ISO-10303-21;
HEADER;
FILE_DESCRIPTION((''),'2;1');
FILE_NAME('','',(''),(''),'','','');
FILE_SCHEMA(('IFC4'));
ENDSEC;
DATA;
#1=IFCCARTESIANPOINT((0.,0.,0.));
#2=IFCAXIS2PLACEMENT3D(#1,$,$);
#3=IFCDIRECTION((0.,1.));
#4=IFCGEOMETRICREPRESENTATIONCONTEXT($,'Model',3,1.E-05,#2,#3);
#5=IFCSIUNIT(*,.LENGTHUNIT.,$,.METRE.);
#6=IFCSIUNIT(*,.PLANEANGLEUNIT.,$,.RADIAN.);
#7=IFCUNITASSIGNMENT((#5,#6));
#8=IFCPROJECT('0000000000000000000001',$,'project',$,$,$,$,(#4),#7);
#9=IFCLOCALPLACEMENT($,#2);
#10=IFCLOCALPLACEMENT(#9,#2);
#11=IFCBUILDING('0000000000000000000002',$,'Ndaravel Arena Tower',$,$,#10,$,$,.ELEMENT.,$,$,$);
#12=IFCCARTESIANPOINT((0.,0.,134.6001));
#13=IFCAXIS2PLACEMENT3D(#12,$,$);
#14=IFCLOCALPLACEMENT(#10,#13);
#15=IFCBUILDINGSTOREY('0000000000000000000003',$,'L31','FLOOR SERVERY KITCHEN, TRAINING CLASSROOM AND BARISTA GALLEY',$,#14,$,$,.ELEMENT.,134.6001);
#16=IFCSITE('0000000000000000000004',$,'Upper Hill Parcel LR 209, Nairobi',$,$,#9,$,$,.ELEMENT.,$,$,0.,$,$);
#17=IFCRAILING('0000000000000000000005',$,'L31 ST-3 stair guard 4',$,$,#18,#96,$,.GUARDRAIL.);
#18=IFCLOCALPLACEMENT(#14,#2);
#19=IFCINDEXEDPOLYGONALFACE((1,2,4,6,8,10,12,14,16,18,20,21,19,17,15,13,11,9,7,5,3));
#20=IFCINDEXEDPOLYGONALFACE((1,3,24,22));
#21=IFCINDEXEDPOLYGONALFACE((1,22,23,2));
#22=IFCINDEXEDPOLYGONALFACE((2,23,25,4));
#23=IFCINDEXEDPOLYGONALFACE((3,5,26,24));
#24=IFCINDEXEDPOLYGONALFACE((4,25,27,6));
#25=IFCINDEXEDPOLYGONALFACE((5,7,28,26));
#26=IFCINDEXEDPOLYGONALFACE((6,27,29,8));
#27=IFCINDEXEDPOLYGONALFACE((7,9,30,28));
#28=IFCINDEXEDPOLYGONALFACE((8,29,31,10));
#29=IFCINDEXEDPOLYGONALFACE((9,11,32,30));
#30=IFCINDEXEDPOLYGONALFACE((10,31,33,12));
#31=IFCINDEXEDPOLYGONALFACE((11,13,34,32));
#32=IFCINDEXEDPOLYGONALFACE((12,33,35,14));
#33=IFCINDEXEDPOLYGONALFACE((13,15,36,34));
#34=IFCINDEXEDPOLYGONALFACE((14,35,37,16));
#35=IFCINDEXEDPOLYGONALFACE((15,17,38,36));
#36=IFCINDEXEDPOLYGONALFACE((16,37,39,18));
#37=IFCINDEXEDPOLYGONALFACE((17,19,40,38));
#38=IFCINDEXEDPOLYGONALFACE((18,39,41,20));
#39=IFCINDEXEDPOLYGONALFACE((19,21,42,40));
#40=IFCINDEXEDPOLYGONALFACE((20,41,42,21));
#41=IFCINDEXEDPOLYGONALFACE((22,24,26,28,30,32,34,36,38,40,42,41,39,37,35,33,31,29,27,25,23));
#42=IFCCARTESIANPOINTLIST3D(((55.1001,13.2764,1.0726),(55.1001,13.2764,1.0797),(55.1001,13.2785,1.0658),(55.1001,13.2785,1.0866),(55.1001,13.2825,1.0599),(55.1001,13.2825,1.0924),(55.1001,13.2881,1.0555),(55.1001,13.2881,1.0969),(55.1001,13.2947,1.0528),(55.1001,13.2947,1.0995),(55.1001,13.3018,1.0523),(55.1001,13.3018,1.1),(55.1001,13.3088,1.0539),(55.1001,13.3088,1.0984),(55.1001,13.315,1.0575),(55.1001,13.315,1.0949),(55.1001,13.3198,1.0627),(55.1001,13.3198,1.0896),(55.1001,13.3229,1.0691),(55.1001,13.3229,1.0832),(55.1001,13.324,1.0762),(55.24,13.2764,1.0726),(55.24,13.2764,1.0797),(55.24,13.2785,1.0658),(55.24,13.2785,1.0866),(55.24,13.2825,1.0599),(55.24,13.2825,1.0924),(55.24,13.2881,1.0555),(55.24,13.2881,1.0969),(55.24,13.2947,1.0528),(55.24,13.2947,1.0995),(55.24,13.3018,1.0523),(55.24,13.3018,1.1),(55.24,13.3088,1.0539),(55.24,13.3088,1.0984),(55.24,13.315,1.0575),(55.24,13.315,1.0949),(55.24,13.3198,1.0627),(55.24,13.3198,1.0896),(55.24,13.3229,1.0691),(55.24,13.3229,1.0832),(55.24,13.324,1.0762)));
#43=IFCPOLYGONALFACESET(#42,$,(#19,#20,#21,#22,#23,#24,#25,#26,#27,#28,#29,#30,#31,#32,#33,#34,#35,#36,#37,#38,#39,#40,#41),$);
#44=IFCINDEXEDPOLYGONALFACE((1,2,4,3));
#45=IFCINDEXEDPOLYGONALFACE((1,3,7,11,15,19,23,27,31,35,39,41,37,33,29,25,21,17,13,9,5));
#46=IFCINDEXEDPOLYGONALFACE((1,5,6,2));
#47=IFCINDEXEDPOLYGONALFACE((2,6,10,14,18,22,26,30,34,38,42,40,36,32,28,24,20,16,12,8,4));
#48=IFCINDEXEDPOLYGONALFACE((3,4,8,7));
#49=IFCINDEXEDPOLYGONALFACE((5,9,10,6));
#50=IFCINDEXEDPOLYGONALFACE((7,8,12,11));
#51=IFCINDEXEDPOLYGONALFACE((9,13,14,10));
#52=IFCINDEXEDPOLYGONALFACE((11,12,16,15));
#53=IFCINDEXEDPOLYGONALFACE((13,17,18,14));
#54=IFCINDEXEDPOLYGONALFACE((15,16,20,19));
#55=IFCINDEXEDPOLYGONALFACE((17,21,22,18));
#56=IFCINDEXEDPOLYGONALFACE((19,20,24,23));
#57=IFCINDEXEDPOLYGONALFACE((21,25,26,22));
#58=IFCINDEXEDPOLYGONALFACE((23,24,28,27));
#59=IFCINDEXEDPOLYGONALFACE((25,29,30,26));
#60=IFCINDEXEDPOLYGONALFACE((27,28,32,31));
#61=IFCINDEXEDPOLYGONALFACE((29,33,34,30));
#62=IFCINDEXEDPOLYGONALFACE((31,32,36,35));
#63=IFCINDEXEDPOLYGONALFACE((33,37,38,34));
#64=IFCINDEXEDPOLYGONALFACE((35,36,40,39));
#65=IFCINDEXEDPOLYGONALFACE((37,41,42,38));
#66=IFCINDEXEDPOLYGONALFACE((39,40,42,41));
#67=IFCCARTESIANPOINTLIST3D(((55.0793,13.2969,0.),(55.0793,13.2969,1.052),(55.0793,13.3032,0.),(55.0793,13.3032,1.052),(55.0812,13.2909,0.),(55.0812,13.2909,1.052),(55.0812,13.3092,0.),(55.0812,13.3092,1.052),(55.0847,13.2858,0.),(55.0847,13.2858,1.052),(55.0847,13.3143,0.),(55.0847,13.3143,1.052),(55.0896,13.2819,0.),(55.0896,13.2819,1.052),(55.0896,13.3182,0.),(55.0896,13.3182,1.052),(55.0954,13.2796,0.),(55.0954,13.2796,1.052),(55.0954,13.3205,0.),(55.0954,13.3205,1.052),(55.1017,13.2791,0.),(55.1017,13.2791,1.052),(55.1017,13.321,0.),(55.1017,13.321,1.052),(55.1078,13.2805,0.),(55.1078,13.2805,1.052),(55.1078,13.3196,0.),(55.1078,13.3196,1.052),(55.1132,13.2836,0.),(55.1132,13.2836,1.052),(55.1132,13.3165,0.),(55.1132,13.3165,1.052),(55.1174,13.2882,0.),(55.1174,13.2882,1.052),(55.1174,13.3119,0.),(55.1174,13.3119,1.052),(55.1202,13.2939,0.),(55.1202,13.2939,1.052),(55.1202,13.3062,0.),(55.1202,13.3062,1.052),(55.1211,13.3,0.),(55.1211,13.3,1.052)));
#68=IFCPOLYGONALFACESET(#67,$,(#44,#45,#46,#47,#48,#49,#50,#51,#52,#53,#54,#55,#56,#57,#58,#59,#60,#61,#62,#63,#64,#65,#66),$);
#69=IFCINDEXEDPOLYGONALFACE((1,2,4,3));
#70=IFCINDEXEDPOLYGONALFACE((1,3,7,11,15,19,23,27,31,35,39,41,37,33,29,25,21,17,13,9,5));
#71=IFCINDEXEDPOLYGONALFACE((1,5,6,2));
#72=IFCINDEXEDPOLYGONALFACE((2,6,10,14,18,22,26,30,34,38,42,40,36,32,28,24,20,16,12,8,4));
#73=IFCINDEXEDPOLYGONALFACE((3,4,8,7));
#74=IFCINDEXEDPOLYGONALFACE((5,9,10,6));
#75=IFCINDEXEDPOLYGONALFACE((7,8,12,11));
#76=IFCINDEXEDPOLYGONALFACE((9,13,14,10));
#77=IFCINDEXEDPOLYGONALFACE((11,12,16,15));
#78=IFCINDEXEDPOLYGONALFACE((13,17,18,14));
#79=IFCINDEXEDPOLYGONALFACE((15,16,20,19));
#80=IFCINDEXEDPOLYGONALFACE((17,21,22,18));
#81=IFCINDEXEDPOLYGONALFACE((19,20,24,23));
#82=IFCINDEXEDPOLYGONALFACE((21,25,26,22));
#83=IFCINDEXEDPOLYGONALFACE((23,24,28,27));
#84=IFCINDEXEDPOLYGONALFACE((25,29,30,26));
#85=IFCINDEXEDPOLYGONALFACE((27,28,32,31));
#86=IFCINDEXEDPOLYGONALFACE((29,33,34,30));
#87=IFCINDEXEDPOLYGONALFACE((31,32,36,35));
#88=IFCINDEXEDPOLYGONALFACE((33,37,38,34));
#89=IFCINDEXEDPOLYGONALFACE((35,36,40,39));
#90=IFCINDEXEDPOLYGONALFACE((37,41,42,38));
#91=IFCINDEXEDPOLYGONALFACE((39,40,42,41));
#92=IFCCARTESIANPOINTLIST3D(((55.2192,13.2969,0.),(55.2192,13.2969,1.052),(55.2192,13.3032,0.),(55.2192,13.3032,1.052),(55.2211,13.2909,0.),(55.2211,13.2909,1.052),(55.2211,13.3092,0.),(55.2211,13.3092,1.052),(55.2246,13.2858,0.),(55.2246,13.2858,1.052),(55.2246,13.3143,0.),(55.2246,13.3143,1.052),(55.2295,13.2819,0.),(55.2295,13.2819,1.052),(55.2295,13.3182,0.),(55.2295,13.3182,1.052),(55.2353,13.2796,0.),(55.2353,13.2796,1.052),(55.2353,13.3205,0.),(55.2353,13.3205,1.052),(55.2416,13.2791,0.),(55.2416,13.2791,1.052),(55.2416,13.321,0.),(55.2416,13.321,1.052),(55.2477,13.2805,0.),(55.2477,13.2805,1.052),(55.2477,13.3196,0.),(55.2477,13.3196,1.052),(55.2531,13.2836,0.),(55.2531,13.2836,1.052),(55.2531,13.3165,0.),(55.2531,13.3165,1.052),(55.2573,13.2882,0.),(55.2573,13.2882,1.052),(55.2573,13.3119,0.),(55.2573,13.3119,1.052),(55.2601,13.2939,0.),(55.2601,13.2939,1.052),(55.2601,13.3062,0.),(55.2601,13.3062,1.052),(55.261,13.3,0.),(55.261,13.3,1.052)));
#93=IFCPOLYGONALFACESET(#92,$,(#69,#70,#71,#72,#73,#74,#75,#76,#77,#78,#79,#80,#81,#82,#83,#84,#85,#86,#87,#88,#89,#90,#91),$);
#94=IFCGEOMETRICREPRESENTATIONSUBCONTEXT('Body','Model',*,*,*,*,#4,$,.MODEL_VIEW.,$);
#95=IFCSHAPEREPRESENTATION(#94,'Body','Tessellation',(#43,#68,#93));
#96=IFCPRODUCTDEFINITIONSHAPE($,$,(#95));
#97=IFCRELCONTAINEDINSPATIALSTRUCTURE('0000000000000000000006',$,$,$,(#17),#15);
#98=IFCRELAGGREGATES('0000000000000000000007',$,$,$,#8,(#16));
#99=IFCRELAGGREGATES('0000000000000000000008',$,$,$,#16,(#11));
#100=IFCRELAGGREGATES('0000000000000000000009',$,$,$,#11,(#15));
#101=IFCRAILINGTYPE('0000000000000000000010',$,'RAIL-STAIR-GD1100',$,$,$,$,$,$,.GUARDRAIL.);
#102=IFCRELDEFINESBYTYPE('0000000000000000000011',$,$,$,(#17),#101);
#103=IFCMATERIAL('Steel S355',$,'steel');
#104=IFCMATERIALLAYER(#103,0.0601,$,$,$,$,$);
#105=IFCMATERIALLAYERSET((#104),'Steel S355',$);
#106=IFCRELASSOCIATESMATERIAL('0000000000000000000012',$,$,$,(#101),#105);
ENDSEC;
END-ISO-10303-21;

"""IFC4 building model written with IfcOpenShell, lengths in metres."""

from ifc_helpers import new_model, si_unit, direction, frame, origin, origin_2d, place, context, subcontext, project, spatial, circle, extrude, material, layer, layer_set, type_object, element, save


model = new_model("IFC4")

# Units and contexts
model_context = context("Model", 3, precision=1e-05, world=origin(), true_north=direction((0.0, 1.0)))
body_context = subcontext(model_context, "Body", "Model", "MODEL_VIEW")
ifc_project = project(units=[si_unit("LENGTHUNIT", "METRE"), si_unit("PLANEANGLEUNIT", "RADIAN")], contexts=[model_context])

# Site, building, storey
site_placement = place(None, origin())
site = spatial("IfcSite", under=ifc_project, at=site_placement, Name="Upper Hill Parcel LR 209, Nairobi", CompositionType="ELEMENT", RefElevation=0.0)
building_placement = place(site_placement, origin())
building = spatial("IfcBuilding", under=site, at=building_placement, Name="Ndaravel Arena Tower", CompositionType="ELEMENT")
storey_placement = place(building_placement, frame((0.0, 0.0, 134.6001)))
storey = spatial("IfcBuildingStorey", under=building, at=storey_placement, Name="L31", Description="FLOOR SERVERY KITCHEN, TRAINING CLASSROOM AND BARISTA GALLEY", CompositionType="ELEMENT", Elevation=134.6001)

# Railing
ifc_material_1 = material(Name="Steel S355", Category="steel")
ifc_layer_1 = layer(ifc_material_1, 0.0601)
ifc_layer_set_1 = layer_set([ifc_layer_1], Name="Steel S355")
railing_type_1 = type_object("IfcRailingType", Name="RAIL-STAIR-GD1100", PredefinedType="GUARDRAIL", material=ifc_layer_set_1)
railing_1_placement = place(storey_placement, frame((55.1001, 13.3, 0.0)))
element("IfcRailing", 1, at=railing_1_placement, inside=storey, type_object=railing_type_1, Name="L31 ST-3 stair guard 4", PredefinedType="GUARDRAIL", context=body_context, shape_type="SweptSolid", body=[
    extrude(circle(Radius=0.0239, at=origin_2d()), frame((0.0, 0.0, 1.0762), z_axis=(1.0, 0.0, 0.0), x_axis=(0.0, 1.0, 0.0)), (0.0, 0.0, 1.0), 0.1399),
    extrude(circle(Radius=0.021, at=origin_2d()), origin(), (0.0, 0.0, 1.0), 1.052),
    extrude(circle(Radius=0.021, at=origin_2d()), frame((0.1399, 0.0, 0.0)), (0.0, 0.0, 1.0), 1.052),
])

save(model, "model.ifc")
